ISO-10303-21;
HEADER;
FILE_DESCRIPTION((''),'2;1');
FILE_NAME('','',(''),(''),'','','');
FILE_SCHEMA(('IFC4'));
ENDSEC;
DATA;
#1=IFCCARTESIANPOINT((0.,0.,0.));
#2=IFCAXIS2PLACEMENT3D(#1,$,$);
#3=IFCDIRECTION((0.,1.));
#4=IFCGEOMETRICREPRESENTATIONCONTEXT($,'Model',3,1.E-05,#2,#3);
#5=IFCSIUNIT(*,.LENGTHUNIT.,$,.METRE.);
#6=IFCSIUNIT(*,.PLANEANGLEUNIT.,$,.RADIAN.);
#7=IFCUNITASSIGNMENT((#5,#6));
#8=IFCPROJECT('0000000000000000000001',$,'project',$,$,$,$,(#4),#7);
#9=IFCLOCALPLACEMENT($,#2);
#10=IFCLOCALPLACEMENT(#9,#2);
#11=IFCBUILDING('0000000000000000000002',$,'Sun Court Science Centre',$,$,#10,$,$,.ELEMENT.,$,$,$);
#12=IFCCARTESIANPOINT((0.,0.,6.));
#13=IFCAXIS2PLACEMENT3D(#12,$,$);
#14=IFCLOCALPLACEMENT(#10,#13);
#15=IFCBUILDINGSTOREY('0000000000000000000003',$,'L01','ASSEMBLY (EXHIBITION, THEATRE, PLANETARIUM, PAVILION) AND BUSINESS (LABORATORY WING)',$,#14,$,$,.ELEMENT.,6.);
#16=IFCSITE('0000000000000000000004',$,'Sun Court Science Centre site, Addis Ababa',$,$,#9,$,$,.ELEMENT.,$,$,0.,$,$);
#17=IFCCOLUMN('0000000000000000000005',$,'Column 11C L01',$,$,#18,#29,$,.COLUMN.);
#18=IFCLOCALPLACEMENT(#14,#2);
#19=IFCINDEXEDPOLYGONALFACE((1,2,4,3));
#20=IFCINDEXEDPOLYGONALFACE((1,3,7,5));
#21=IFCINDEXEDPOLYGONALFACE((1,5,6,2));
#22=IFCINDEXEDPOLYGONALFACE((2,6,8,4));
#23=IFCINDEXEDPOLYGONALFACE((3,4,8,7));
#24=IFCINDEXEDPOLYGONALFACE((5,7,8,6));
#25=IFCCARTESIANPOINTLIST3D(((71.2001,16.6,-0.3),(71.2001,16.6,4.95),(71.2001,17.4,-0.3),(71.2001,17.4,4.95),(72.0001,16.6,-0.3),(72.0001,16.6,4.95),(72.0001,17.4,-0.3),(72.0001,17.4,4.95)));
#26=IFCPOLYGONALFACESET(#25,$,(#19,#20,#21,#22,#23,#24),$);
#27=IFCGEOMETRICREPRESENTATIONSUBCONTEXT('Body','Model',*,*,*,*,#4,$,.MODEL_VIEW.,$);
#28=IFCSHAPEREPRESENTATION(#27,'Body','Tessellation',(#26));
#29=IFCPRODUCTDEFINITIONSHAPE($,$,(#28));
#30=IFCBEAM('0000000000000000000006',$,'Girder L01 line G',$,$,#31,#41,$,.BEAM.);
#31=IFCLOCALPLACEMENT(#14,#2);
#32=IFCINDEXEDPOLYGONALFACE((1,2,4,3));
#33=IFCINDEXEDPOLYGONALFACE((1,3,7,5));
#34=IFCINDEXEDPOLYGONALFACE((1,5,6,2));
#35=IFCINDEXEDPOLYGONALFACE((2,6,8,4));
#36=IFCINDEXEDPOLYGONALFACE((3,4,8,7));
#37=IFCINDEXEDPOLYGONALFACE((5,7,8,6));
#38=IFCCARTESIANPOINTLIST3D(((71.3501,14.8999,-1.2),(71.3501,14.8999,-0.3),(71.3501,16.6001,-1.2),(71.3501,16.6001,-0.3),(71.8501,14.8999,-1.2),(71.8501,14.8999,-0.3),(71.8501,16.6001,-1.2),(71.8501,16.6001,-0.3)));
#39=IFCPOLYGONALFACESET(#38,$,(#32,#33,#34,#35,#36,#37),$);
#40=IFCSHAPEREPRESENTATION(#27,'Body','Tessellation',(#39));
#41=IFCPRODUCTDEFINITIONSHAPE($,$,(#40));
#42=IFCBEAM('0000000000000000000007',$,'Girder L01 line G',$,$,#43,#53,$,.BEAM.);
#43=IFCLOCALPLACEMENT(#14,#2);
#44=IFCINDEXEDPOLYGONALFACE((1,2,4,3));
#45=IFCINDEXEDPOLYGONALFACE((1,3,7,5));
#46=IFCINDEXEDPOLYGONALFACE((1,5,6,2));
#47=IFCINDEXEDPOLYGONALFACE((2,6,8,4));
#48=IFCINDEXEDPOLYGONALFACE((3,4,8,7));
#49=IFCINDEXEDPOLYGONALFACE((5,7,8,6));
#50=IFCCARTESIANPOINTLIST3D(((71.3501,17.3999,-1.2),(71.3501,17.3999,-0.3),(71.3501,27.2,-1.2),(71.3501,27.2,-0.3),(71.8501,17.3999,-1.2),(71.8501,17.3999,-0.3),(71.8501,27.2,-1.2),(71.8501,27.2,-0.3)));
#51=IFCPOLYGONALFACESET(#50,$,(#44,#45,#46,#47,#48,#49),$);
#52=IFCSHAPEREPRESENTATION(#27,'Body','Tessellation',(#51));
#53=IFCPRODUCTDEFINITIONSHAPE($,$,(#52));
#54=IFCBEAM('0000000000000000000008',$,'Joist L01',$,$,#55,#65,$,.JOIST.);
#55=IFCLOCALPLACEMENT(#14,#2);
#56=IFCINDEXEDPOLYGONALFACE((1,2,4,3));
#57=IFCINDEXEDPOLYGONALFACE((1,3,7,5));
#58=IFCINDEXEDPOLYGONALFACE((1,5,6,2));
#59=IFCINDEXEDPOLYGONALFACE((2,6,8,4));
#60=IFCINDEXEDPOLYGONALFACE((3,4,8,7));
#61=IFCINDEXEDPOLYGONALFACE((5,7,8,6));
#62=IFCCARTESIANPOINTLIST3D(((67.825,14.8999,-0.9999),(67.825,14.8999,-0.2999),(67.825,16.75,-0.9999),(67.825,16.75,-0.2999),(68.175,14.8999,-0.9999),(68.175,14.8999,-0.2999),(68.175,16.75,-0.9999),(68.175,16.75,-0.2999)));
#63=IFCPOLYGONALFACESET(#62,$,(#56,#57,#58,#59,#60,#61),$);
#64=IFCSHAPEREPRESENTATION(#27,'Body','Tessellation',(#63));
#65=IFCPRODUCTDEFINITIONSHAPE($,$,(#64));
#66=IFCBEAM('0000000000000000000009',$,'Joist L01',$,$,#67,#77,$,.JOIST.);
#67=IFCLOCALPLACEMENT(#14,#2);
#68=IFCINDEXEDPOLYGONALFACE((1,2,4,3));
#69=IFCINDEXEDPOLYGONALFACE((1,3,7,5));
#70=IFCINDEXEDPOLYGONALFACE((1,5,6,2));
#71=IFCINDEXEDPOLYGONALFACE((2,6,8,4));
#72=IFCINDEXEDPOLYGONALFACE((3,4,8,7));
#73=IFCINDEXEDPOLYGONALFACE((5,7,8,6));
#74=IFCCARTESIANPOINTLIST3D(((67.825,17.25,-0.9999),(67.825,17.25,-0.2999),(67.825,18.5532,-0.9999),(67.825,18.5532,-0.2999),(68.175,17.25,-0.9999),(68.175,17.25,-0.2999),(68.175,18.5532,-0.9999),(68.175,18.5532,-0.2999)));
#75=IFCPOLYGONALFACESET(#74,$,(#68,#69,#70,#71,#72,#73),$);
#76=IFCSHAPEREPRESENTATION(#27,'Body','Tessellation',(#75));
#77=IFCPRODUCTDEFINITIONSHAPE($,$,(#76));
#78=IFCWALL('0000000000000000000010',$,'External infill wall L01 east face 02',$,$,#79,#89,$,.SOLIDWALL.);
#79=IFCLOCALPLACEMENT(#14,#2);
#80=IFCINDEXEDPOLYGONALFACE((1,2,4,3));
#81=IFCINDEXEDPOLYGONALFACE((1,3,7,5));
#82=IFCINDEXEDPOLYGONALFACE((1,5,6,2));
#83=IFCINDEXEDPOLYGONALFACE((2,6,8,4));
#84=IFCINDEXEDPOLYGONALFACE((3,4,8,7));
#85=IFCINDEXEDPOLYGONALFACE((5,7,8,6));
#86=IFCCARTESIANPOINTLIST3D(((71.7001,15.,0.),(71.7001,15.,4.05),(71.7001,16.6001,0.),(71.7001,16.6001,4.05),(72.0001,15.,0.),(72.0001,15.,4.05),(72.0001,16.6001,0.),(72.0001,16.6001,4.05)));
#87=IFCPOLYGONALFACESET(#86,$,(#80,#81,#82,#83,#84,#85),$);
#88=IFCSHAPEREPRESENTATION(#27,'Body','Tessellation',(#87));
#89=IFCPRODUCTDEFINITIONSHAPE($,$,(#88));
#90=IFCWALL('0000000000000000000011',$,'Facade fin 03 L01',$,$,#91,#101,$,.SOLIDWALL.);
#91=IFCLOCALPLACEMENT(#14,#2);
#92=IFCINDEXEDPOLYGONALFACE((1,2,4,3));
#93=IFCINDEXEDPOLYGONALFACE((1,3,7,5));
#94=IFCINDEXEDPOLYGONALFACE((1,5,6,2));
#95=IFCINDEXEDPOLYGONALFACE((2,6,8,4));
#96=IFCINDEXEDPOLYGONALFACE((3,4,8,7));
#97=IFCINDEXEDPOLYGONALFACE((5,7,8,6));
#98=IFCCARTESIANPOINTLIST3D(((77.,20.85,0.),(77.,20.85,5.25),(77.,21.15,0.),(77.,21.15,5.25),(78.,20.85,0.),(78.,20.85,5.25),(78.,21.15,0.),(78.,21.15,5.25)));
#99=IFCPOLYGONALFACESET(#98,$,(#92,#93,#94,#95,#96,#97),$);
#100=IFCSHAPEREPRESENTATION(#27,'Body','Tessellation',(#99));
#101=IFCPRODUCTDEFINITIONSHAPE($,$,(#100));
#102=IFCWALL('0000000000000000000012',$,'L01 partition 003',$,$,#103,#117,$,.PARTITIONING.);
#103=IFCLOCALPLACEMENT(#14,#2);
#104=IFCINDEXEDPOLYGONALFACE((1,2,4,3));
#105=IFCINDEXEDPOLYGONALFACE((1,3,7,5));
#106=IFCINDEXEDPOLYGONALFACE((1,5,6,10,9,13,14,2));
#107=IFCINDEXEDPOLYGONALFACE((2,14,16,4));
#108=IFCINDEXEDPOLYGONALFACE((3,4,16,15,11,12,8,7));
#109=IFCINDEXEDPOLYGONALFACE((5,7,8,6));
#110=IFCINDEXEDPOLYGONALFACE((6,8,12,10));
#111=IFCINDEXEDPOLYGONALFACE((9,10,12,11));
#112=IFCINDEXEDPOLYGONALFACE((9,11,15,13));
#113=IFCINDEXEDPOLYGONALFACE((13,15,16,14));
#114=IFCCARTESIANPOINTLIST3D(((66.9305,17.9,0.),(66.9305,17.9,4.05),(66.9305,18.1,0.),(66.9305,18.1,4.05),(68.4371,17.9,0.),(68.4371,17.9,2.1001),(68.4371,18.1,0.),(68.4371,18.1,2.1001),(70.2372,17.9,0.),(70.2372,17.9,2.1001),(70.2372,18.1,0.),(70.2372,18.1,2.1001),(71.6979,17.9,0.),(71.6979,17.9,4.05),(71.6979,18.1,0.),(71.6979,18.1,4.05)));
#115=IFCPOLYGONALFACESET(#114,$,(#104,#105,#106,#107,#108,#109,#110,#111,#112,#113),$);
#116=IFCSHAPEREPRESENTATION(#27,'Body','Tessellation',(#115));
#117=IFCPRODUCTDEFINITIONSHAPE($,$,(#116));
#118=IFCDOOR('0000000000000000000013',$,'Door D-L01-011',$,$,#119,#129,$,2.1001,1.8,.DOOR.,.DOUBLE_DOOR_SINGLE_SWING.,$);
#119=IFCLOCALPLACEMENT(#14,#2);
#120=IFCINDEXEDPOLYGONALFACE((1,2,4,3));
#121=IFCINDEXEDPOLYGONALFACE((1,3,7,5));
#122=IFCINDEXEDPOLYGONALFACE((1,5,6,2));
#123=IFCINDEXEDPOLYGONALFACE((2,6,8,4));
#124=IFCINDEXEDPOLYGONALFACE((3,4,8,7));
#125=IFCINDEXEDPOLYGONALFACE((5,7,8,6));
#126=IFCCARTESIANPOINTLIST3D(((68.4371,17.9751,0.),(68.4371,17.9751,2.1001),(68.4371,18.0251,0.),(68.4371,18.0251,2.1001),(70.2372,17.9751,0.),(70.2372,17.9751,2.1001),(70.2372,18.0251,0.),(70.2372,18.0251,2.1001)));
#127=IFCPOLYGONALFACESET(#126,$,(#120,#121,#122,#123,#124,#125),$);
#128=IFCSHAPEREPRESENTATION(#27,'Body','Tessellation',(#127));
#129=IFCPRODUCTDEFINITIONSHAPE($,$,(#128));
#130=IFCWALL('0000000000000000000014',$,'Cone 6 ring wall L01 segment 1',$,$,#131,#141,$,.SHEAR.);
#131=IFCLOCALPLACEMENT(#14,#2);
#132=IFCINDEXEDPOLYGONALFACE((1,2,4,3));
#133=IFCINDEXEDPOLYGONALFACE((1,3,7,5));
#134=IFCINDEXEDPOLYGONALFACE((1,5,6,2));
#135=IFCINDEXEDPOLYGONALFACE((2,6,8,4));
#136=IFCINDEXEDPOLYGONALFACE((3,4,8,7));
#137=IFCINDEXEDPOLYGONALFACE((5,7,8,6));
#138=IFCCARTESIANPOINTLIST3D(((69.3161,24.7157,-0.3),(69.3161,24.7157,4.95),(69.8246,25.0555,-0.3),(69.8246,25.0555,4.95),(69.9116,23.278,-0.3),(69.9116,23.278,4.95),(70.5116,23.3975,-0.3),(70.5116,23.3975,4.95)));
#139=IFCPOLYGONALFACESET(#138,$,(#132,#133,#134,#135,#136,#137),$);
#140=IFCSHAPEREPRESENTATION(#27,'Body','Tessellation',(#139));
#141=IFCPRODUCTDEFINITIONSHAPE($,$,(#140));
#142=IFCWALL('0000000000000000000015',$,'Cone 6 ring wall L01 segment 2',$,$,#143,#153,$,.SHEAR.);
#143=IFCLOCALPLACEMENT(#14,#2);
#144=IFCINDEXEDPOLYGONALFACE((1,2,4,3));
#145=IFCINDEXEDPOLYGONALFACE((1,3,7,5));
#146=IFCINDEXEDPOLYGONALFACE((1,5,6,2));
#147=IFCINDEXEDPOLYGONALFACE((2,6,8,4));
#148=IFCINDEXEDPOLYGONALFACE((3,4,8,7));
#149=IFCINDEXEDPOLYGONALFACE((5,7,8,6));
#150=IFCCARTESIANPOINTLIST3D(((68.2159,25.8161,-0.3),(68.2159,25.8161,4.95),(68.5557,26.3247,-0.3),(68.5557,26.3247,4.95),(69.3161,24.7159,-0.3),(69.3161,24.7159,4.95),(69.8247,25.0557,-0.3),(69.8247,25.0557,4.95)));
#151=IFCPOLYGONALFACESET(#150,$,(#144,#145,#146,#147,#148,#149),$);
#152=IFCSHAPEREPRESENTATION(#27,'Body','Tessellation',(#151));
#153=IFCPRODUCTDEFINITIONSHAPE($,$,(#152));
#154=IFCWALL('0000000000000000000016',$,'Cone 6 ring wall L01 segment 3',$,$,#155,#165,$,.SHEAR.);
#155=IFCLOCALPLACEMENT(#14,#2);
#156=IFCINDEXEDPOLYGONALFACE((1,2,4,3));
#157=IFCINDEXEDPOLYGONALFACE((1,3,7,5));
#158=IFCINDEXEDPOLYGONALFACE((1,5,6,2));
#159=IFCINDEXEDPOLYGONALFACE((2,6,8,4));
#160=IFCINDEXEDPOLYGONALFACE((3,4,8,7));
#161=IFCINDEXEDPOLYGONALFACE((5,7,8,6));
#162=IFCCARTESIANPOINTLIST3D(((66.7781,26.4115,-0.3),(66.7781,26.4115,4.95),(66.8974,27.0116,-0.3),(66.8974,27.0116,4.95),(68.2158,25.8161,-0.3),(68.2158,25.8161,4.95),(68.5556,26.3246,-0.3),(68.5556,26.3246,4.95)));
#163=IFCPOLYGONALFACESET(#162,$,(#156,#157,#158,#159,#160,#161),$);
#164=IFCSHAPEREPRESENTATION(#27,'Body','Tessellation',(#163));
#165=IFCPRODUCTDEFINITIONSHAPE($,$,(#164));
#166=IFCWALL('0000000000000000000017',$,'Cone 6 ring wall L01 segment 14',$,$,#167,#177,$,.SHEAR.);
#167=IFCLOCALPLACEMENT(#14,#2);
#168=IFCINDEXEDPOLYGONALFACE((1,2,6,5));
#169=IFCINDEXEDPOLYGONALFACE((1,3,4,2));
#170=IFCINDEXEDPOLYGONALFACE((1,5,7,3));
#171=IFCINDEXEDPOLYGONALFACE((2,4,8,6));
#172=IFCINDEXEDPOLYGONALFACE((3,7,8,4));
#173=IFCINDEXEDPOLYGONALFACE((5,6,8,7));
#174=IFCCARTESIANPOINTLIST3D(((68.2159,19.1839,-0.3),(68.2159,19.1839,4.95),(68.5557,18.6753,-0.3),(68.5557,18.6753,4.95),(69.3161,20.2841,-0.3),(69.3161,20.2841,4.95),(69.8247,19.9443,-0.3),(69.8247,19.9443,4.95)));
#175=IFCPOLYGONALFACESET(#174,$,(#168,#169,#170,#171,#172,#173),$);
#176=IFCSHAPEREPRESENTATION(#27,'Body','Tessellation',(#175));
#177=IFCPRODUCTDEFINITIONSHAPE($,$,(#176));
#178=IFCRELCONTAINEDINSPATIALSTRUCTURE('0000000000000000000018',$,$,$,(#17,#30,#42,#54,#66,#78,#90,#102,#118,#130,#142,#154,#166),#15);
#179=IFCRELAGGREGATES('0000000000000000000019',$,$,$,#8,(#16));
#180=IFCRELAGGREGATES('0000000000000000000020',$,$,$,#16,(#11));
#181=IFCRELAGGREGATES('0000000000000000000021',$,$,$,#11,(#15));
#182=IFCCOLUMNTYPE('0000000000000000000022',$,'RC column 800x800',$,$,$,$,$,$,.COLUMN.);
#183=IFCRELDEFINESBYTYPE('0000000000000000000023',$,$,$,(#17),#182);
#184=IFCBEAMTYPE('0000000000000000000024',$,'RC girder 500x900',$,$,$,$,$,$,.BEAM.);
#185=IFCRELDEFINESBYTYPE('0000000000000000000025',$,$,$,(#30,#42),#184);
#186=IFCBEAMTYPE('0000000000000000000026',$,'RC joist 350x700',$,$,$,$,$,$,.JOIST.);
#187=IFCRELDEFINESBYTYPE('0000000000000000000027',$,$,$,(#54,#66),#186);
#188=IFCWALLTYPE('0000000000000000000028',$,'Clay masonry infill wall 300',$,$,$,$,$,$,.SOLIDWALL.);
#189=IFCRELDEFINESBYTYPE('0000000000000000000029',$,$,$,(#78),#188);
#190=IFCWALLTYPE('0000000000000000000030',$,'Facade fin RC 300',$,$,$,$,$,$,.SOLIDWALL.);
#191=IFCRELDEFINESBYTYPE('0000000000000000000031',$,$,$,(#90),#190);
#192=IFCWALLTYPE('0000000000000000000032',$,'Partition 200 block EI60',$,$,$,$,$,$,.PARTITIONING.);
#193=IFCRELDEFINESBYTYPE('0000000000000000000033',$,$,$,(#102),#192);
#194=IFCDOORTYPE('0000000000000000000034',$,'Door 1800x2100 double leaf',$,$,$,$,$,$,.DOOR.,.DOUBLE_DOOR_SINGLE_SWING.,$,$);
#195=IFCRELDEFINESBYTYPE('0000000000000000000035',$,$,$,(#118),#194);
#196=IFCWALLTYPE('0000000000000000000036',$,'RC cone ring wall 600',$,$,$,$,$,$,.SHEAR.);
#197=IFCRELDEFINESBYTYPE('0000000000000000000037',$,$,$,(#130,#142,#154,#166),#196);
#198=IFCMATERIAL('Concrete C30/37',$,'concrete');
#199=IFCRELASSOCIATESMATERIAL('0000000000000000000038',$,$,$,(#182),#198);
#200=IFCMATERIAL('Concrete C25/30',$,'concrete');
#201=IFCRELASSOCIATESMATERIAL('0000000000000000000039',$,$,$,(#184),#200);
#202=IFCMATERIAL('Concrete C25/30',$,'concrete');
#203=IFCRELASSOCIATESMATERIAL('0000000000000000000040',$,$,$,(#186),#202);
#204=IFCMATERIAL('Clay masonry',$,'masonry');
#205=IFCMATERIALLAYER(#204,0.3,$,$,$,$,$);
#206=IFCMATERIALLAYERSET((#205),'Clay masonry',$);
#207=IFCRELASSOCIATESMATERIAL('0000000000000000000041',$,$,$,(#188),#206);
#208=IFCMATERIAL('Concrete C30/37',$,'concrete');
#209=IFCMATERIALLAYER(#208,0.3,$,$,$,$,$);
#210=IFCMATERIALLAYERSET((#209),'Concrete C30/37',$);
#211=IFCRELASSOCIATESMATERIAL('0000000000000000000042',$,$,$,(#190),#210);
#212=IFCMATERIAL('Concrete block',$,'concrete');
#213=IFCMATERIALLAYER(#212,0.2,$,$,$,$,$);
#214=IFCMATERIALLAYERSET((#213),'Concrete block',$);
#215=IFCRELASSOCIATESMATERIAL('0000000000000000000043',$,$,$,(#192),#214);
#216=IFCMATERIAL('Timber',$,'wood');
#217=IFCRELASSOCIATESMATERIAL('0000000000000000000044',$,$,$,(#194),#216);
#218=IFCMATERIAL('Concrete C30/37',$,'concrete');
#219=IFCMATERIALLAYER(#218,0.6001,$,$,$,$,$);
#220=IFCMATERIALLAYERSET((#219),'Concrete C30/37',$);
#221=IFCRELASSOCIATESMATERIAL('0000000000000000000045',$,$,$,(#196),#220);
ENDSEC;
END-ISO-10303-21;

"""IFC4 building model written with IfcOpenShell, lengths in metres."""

from ifc_helpers import new_model, si_unit, direction, frame, frame_2d, origin, origin_2d, place, context, subcontext, project, spatial, polyline, rectangle, outline, extrude, material, layer, layer_set, material_profile, profile_set, type_object, element, fill, save


model = new_model("IFC4")

# Units and contexts
model_context = context("Model", 3, precision=1e-05, world=origin(), true_north=direction((0.0, 1.0)))
body_context = subcontext(model_context, "Body", "Model", "MODEL_VIEW")
ifc_project = project(units=[si_unit("LENGTHUNIT", "METRE"), si_unit("PLANEANGLEUNIT", "RADIAN")], contexts=[model_context])

# Site, building, storey
site_placement = place(None, origin())
site = spatial("IfcSite", under=ifc_project, at=site_placement, Name="Sun Court Science Centre site, Addis Ababa", CompositionType="ELEMENT", RefElevation=0.0)
building_placement = place(site_placement, origin())
building = spatial("IfcBuilding", under=site, at=building_placement, Name="Sun Court Science Centre", CompositionType="ELEMENT")
storey_placement = place(building_placement, frame((0.0, 0.0, 6.0)))
storey = spatial("IfcBuildingStorey", under=building, at=storey_placement, Name="L01", Description="ASSEMBLY (EXHIBITION, THEATRE, PLANETARIUM, PAVILION) AND BUSINESS (LABORATORY WING)", CompositionType="ELEMENT", Elevation=6.0)

# Column
ifc_material_1 = material(Name="Concrete C30/37", Category="concrete")
ifc_material_profile_1 = material_profile(ifc_material_1, rectangle(XDim=0.8, YDim=0.8, at=origin_2d()), Name="RC 800x800")
ifc_profile_set_1 = profile_set([ifc_material_profile_1], Name="Concrete C30/37")
column_type = type_object("IfcColumnType", Name="RC column 800x800", PredefinedType="COLUMN", material=ifc_profile_set_1)
column_placement = place(storey_placement, frame((71.6001, 17.0, -0.3), z_axis=(0.0, 0.0, 1.0), x_axis=(1.0, 0.0, 0.0)))
element("IfcColumn", 1, at=column_placement, inside=storey, type_object=column_type, Name="Column 11C L01", PredefinedType="COLUMN", context=body_context, shape_type="SweptSolid", body=[
    extrude(rectangle(XDim=0.8, YDim=0.8, at=origin_2d()), origin(), (0.0, 0.0, 1.0), 5.25),
])

# Beams
ifc_material_2 = material(Name="Concrete C25/30", Category="concrete")
ifc_material_profile_2 = material_profile(ifc_material_2, rectangle(XDim=0.5, YDim=0.8999, at=origin_2d()), Name="RC 500x900")
ifc_profile_set_2 = profile_set([ifc_material_profile_2], Name="Concrete C25/30")
beam_type_1 = type_object("IfcBeamType", Name="RC girder 500x900", PredefinedType="BEAM", material=ifc_profile_set_2)
beam_1_placement = place(storey_placement, frame((71.6001, 14.8999, -0.75), z_axis=(0.0, 1.0, 0.0), x_axis=(-1.0, 0.0, 0.0)))
element("IfcBeam", 2, at=beam_1_placement, inside=storey, type_object=beam_type_1, Name="Girder L01 line G", PredefinedType="BEAM", context=body_context, shape_type="SweptSolid", body=[
    extrude(rectangle(XDim=0.5, YDim=0.8999, at=origin_2d()), origin(), (0.0, 0.0, 1.0), 1.7002),
])
beam_2_placement = place(storey_placement, frame((71.6001, 17.3999, -0.75), z_axis=(0.0, 1.0, 0.0), x_axis=(-1.0, 0.0, 0.0)))
element("IfcBeam", 3, at=beam_2_placement, inside=storey, type_object=beam_type_1, Name="Girder L01 line G", PredefinedType="BEAM", context=body_context, shape_type="SweptSolid", body=[
    extrude(rectangle(XDim=0.5, YDim=0.8999, at=origin_2d()), origin(), (0.0, 0.0, 1.0), 9.8),
])
ifc_material_3 = material(Name="Concrete C25/30", Category="concrete")
ifc_material_profile_3 = material_profile(ifc_material_3, rectangle(XDim=0.3501, YDim=0.7, at=origin_2d()), Name="RC 350x700")
ifc_profile_set_3 = profile_set([ifc_material_profile_3], Name="Concrete C25/30")
beam_type_2 = type_object("IfcBeamType", Name="RC joist 350x700", PredefinedType="JOIST", material=ifc_profile_set_3)
beam_3_placement = place(storey_placement, frame((68.0, 14.8999, -0.6499), z_axis=(0.0, 1.0, 0.0), x_axis=(-1.0, 0.0, 0.0)))
element("IfcBeam", 4, at=beam_3_placement, inside=storey, type_object=beam_type_2, Name="Joist L01", PredefinedType="JOIST", context=body_context, shape_type="SweptSolid", body=[
    extrude(rectangle(XDim=0.3501, YDim=0.7, at=origin_2d()), origin(), (0.0, 0.0, 1.0), 1.8501),
])
beam_4_placement = place(storey_placement, frame((68.0, 17.25, -0.6499), z_axis=(0.0, 1.0, 0.0), x_axis=(-1.0, 0.0, 0.0)))
element("IfcBeam", 5, at=beam_4_placement, inside=storey, type_object=beam_type_2, Name="Joist L01", PredefinedType="JOIST", context=body_context, shape_type="SweptSolid", body=[
    extrude(rectangle(XDim=0.3501, YDim=0.7, at=origin_2d()), origin(), (0.0, 0.0, 1.0), 1.3032),
])

# Walls
ifc_material_4 = material(Name="Clay masonry", Category="masonry")
ifc_layer_1 = layer(ifc_material_4, 0.3)
ifc_layer_set_1 = layer_set([ifc_layer_1], Name="Clay masonry")
wall_type_1 = type_object("IfcWallType", Name="Clay masonry infill wall 300", PredefinedType="SOLIDWALL", material=ifc_layer_set_1)
wall_1_placement = place(storey_placement, frame((71.8501, 16.6001, 0.0), z_axis=(0.0, 0.0, 1.0), x_axis=(0.0, -1.0, 0.0)))
element("IfcWall", 6, at=wall_1_placement, inside=storey, type_object=wall_type_1, Name="External infill wall L01 east face 02", PredefinedType="SOLIDWALL", context=body_context, shape_type="SweptSolid", body=[
    extrude(rectangle(XDim=1.6001, YDim=0.3, at=frame_2d((0.8, 0.0))), origin(), (0.0, 0.0, 1.0), 4.05),
])
ifc_material_5 = material(Name="Concrete C30/37", Category="concrete")
ifc_layer_2 = layer(ifc_material_5, 0.3)
ifc_layer_set_2 = layer_set([ifc_layer_2], Name="Concrete C30/37")
wall_type_2 = type_object("IfcWallType", Name="Facade fin RC 300", PredefinedType="SOLIDWALL", material=ifc_layer_set_2)
wall_2_placement = place(storey_placement, frame((77.0, 21.0, 0.0), z_axis=(0.0, 0.0, 1.0), x_axis=(1.0, 0.0, 0.0)))
element("IfcWall", 7, at=wall_2_placement, inside=storey, type_object=wall_type_2, Name="Facade fin 03 L01", PredefinedType="SOLIDWALL", context=body_context, shape_type="SweptSolid", body=[
    extrude(rectangle(XDim=1.0, YDim=0.3, at=frame_2d((0.5, 0.0))), origin(), (0.0, 0.0, 1.0), 5.25),
])

# Wall, opening, door
ifc_material_6 = material(Name="Concrete block", Category="concrete")
ifc_layer_3 = layer(ifc_material_6, 0.2)
ifc_layer_set_3 = layer_set([ifc_layer_3], Name="Concrete block")
wall_type_3 = type_object("IfcWallType", Name="Partition 200 block EI60", PredefinedType="PARTITIONING", material=ifc_layer_set_3)
wall_3_placement = place(storey_placement, frame((71.698, 18.0, 0.0), z_axis=(0.0, 0.0, 1.0), x_axis=(-1.0, 0.0, 0.0)))
wall_3 = element("IfcWall", 8, at=wall_3_placement, inside=storey, type_object=wall_type_3, Name="L01 partition 003", PredefinedType="PARTITIONING", context=body_context, shape_type="SweptSolid", body=[
    extrude(rectangle(XDim=4.7673, YDim=0.2, at=frame_2d((2.3838, 0.0))), origin(), (0.0, 0.0, 1.0), 4.05),
])
opening_placement = place(wall_3_placement, frame((1.4609, 0.0, 0.0)))
opening = element("IfcOpeningElement", 9, at=opening_placement, cuts=wall_3, PredefinedType="OPENING", context=body_context, shape_type="SweptSolid", body=[
    extrude(rectangle(XDim=1.8, YDim=2.1001, at=frame_2d((0.8999, 1.05))), frame((0.0, 0.1099, 0.0), z_axis=(0.0, -1.0, 0.0), x_axis=(1.0, 0.0, 0.0)), (0.0, 0.0, 1.0), 0.22),
])
ifc_material_7 = material(Name="Timber", Category="wood")
door_type = type_object("IfcDoorType", Name="Door 1800x2100 double leaf", OperationType="DOUBLE_DOOR_SINGLE_SWING", PredefinedType="DOOR", material=ifc_material_7)
door_placement = place(opening_placement, origin())
door = element("IfcDoor", 10, at=door_placement, inside=storey, type_object=door_type, Name="Door D-L01-011", OperationType="DOUBLE_DOOR_SINGLE_SWING", OverallHeight=2.1001, OverallWidth=1.8, PredefinedType="DOOR", context=body_context, shape_type="SweptSolid", body=[
    extrude(rectangle(XDim=1.8, YDim=2.1001, at=frame_2d((0.8999, 1.05))), frame((0.0, 0.0249, 0.0), z_axis=(0.0, -1.0, 0.0), x_axis=(1.0, 0.0, 0.0)), (0.0, 0.0, 1.0), 0.05),
])
fill(opening, door)

# Walls
ifc_material_8 = material(Name="Concrete C30/37", Category="concrete")
ifc_layer_4 = layer(ifc_material_8, 0.6001)
ifc_layer_set_4 = layer_set([ifc_layer_4], Name="Concrete C30/37")
wall_type_4 = type_object("IfcWallType", Name="RC cone ring wall 600", PredefinedType="SHEAR", material=ifc_layer_set_4)
wall_4_placement = place(storey_placement, frame((70.2344, 23.2827, -0.3), z_axis=(0.0, 0.0, 1.0), x_axis=(-0.382644, 0.923896, 0.0)))
element("IfcWall", 11, at=wall_4_placement, inside=storey, type_object=wall_type_4, Name="Cone 6 ring wall L01 segment 1", PredefinedType="SHEAR", context=body_context, shape_type="SweptSolid", body=[
    extrude(outline(polyline([(0.0, -0.3), (1.7947, -0.2998), (1.6753, 0.3), (0.1191, 0.3), (0.0, -0.3)])), origin(), (0.0, 0.0, 1.0), 5.25),
])
wall_5_placement = place(storey_placement, frame((69.6125, 24.8435, -0.3), z_axis=(0.0, 0.0, 1.0), x_axis=(-0.707107, 0.707107, 0.0)))
element("IfcWall", 12, at=wall_5_placement, inside=storey, type_object=wall_type_4, Name="Cone 6 ring wall L01 segment 2", PredefinedType="SHEAR", context=body_context, shape_type="SweptSolid", body=[
    extrude(outline(polyline([(0.0, -0.3), (1.7947, -0.3), (1.6753, 0.2998), (0.1194, 0.2998), (0.0, -0.3)])), origin(), (0.0, 0.0, 1.0), 5.25),
])
wall_6_placement = place(storey_placement, frame((68.4409, 26.0476, -0.3), z_axis=(0.0, 0.0, 1.0), x_axis=(-0.923896, 0.382644, 0.0)))
element("IfcWall", 13, at=wall_6_placement, inside=storey, type_object=wall_type_4, Name="Cone 6 ring wall L01 segment 3", PredefinedType="SHEAR", context=body_context, shape_type="SweptSolid", body=[
    extrude(outline(polyline([(0.0, -0.2998), (1.7949, -0.3), (1.6755, 0.3), (0.1194, 0.3), (0.0, -0.2998)])), origin(), (0.0, 0.0, 1.0), 5.25),
])
wall_7_placement = place(storey_placement, frame((68.3435, 18.8875, -0.3), z_axis=(0.0, 0.0, 1.0), x_axis=(0.707107, 0.707107, 0.0)))
element("IfcWall", 14, at=wall_7_placement, inside=storey, type_object=wall_type_4, Name="Cone 6 ring wall L01 segment 14", PredefinedType="SHEAR", context=body_context, shape_type="SweptSolid", body=[
    extrude(outline(polyline([(0.0, -0.3), (1.7947, -0.3), (1.6753, 0.2998), (0.1194, 0.2998), (0.0, -0.3)])), origin(), (0.0, 0.0, 1.0), 5.25),
])

save(model, "model.ifc")
